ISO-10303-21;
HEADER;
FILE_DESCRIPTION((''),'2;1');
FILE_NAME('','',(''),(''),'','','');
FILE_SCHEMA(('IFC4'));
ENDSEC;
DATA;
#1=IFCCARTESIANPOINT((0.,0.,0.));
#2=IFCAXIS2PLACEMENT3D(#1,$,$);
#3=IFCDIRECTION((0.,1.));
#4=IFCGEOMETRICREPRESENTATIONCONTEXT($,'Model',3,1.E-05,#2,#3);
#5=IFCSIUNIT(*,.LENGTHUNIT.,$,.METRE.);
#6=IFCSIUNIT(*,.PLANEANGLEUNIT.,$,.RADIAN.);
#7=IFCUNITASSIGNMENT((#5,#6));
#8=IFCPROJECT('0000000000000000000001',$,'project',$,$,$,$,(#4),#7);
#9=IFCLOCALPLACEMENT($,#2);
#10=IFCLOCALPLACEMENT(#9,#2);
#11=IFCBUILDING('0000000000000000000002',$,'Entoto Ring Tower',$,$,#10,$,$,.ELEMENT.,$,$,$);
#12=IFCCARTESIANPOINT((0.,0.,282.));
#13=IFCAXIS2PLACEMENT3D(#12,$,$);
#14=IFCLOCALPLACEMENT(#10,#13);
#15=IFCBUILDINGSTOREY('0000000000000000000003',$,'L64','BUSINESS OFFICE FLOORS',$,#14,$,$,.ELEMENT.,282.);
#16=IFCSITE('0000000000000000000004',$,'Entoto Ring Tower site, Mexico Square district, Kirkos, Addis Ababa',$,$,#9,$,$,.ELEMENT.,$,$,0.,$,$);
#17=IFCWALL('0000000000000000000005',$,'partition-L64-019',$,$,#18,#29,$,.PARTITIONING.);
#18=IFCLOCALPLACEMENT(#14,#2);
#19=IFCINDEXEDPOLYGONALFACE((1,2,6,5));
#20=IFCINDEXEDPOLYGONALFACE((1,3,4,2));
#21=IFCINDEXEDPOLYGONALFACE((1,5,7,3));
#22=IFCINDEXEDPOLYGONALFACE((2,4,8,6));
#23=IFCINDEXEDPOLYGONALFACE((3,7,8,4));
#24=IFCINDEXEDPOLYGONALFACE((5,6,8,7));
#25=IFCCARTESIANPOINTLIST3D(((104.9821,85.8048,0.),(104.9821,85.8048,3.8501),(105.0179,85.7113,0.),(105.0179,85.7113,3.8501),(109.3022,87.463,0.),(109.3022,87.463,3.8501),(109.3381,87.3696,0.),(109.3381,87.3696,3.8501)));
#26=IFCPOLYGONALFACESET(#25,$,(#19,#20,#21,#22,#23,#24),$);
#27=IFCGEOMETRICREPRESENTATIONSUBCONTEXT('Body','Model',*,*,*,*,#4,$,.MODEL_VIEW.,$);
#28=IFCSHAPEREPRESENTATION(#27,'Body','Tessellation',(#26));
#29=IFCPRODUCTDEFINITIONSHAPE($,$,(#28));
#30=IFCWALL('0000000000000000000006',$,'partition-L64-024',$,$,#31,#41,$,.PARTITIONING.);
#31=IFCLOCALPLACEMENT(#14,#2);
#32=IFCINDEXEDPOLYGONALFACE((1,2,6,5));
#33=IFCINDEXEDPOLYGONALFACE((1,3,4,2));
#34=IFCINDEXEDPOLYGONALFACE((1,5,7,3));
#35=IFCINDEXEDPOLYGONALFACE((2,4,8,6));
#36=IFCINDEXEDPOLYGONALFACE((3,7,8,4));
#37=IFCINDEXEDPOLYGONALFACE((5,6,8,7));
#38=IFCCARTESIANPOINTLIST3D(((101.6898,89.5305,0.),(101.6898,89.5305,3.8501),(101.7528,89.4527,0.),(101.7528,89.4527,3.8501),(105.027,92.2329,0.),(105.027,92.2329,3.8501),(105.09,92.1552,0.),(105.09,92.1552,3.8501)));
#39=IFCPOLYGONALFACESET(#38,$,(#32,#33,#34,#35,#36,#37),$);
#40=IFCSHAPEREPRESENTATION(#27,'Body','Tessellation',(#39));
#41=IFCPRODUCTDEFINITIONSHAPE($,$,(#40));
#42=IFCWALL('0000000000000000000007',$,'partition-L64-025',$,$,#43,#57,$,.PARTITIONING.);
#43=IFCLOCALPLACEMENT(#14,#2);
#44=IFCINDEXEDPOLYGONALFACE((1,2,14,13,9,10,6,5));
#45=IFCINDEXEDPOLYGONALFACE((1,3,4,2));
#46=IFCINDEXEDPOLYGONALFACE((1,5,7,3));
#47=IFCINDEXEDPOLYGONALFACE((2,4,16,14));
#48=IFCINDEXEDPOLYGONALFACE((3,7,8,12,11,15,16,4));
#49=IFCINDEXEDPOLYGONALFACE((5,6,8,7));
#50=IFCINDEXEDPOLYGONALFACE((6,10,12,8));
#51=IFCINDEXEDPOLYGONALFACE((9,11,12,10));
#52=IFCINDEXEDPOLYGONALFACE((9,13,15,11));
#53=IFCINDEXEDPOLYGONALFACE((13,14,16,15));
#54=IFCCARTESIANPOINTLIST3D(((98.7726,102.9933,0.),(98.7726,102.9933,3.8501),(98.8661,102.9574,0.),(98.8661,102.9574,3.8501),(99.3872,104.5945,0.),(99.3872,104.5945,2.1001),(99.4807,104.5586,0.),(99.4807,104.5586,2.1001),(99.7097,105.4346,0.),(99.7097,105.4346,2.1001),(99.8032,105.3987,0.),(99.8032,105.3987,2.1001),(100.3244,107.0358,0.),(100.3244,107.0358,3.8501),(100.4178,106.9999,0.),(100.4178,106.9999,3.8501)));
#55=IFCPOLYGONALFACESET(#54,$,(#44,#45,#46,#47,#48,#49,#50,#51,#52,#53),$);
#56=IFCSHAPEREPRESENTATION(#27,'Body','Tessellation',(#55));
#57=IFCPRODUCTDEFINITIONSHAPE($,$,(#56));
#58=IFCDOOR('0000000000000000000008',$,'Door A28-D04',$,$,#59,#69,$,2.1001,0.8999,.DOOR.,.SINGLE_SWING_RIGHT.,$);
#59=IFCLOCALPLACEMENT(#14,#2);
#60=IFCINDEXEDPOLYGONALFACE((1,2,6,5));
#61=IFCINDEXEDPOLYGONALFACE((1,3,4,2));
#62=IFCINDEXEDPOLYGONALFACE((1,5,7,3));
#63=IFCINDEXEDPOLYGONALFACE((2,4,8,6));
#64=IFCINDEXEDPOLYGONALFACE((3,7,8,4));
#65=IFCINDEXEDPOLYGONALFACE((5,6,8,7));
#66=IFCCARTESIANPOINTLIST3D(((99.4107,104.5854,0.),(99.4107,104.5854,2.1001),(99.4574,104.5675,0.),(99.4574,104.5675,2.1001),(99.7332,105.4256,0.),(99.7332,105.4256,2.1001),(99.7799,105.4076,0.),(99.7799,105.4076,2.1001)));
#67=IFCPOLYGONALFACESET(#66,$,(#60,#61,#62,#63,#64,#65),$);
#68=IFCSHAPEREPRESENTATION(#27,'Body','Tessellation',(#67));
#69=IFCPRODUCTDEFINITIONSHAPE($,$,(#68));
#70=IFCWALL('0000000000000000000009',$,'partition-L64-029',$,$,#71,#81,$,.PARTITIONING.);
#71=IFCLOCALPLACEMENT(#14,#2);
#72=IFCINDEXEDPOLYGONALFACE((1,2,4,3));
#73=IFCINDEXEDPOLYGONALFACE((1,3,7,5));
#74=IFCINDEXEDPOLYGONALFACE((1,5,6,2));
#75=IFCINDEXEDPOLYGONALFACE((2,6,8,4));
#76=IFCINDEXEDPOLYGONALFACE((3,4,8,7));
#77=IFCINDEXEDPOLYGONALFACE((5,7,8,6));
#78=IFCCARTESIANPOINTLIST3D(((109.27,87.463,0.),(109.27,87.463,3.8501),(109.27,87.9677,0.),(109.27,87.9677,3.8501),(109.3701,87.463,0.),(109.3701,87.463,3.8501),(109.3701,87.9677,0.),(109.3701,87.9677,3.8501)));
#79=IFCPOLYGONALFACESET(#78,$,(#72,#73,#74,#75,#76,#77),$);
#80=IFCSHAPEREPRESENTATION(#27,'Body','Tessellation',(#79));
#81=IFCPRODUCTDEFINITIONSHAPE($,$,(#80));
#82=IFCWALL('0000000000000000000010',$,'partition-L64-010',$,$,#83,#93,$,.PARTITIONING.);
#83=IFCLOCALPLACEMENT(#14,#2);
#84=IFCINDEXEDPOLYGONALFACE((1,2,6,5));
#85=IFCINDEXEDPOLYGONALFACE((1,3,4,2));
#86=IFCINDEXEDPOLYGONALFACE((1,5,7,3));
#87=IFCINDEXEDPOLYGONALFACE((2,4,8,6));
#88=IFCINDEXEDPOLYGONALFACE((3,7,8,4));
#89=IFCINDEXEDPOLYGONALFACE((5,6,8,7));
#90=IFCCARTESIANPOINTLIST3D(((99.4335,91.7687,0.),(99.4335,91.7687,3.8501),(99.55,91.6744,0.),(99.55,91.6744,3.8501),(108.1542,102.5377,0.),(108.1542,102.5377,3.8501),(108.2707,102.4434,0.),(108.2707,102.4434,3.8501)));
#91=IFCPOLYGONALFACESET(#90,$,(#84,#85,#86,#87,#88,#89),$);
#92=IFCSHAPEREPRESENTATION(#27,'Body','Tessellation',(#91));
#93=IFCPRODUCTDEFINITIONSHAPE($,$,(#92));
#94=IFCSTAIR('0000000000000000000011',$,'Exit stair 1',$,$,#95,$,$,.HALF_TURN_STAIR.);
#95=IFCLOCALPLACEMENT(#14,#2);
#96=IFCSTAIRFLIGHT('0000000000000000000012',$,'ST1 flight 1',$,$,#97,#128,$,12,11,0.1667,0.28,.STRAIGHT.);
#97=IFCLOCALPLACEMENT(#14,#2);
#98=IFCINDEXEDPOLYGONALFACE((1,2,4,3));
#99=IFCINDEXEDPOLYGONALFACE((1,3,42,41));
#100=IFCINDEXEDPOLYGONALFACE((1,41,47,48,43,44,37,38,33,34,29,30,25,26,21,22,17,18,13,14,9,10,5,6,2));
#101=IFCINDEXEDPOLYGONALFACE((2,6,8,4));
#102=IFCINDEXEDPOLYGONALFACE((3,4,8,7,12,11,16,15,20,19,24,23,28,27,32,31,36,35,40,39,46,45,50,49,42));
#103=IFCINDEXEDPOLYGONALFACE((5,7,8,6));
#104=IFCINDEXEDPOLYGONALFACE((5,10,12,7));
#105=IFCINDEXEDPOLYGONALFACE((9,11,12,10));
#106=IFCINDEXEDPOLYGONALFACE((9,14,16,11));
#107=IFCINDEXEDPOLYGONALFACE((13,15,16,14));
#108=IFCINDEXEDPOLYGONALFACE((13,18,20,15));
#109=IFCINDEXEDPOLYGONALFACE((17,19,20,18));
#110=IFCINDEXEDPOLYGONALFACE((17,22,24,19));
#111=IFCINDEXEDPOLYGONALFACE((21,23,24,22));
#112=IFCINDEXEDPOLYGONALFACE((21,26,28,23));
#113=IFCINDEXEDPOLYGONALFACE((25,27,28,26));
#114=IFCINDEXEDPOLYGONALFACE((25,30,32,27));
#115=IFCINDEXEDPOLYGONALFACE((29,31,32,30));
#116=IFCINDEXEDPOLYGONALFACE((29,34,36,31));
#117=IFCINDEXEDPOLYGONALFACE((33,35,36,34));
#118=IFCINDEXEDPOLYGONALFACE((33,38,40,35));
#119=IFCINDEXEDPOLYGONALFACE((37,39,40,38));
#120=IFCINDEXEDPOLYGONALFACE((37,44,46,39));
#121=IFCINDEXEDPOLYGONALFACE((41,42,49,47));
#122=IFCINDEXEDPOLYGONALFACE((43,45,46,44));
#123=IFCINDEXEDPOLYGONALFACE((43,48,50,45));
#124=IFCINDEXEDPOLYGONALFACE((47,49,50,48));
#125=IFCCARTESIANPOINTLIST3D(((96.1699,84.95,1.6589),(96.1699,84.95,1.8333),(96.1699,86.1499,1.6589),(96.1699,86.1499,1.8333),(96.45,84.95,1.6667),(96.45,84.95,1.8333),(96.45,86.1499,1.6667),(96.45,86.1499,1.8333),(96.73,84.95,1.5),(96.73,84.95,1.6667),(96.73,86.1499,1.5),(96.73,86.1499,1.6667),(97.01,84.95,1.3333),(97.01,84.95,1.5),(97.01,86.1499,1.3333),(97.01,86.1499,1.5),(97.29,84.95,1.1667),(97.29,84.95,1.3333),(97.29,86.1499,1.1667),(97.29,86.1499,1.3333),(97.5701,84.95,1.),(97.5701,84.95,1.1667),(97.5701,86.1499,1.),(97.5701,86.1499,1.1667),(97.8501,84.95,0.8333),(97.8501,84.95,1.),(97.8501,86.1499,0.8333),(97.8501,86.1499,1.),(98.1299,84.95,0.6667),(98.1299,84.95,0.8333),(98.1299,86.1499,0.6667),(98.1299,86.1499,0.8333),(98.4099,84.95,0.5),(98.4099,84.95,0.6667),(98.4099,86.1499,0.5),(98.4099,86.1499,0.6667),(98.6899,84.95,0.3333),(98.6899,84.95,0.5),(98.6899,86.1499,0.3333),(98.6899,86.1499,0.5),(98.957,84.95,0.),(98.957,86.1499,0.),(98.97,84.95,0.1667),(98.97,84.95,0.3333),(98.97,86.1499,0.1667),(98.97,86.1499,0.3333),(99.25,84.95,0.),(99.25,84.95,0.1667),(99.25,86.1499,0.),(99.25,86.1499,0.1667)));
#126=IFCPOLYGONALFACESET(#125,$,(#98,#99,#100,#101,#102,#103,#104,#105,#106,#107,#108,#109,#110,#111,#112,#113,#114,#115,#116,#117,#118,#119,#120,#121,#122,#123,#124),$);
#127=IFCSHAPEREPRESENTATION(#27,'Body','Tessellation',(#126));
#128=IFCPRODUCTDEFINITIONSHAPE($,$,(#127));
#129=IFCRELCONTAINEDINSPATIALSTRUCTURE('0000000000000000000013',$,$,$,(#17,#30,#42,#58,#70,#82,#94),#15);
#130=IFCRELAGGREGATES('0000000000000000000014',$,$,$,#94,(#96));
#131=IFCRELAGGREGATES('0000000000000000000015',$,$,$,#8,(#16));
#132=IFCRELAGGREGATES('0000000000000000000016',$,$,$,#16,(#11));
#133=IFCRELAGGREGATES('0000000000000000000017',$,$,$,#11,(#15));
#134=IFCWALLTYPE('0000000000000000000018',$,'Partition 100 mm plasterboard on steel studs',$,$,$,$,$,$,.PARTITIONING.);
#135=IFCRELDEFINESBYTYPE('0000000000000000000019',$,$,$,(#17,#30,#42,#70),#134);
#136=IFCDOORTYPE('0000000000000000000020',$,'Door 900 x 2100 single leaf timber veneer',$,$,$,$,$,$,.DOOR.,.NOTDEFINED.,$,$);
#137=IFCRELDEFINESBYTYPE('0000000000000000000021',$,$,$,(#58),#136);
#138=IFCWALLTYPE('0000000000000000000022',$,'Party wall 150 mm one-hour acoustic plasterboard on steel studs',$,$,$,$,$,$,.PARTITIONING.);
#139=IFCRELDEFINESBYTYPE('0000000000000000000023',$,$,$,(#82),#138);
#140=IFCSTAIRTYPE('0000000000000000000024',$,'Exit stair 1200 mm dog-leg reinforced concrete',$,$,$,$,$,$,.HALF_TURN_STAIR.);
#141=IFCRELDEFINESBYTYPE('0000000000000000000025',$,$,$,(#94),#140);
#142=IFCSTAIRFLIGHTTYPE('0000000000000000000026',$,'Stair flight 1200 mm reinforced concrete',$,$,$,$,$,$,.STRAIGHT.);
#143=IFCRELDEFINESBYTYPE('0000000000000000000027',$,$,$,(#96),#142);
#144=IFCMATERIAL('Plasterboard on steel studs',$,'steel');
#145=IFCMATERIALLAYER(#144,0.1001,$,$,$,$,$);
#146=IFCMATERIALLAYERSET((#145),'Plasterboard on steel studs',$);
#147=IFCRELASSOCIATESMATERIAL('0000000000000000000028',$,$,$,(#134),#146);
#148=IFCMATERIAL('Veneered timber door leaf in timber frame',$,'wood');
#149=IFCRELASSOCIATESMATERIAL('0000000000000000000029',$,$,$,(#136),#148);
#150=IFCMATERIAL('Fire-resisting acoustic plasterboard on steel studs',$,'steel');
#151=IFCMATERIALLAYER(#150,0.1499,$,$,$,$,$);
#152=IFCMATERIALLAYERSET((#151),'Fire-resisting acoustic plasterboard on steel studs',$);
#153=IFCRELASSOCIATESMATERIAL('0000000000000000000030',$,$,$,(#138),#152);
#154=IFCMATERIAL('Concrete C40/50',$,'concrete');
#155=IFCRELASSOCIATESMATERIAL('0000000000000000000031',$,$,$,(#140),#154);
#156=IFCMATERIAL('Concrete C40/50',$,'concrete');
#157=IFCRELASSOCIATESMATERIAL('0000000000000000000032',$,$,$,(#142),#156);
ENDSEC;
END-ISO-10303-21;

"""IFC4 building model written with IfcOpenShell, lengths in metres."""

from ifc_helpers import new_model, si_unit, direction, frame, frame_2d, origin, place, context, subcontext, project, spatial, polyline, rectangle, outline, extrude, material, layer, layer_set, type_object, element, fill, aggregate, save


model = new_model("IFC4")

# Units and contexts
model_context = context("Model", 3, precision=1e-05, world=origin(), true_north=direction((0.0, 1.0)))
body_context = subcontext(model_context, "Body", "Model", "MODEL_VIEW")
ifc_project = project(units=[si_unit("LENGTHUNIT", "METRE"), si_unit("PLANEANGLEUNIT", "RADIAN")], contexts=[model_context])

# Site, building, storey
site_placement = place(None, origin())
site = spatial("IfcSite", under=ifc_project, at=site_placement, Name="Entoto Ring Tower site, Mexico Square district, Kirkos, Addis Ababa", CompositionType="ELEMENT", RefElevation=0.0)
building_placement = place(site_placement, origin())
building = spatial("IfcBuilding", under=site, at=building_placement, Name="Entoto Ring Tower", CompositionType="ELEMENT")
storey_placement = place(building_placement, frame((0.0, 0.0, 282.0)))
storey = spatial("IfcBuildingStorey", under=building, at=storey_placement, Name="L64", Description="BUSINESS OFFICE FLOORS", CompositionType="ELEMENT", Elevation=282.0)

# Shared definitions
ifc_material_1 = material(Name="Plasterboard on steel studs", Category="steel")
ifc_layer_1 = layer(ifc_material_1, 0.1001)
ifc_layer_set_1 = layer_set([ifc_layer_1], Name="Plasterboard on steel studs")
wall_type_1 = type_object("IfcWallType", Name="Partition 100 mm plasterboard on steel studs", PredefinedType="PARTITIONING", material=ifc_layer_set_1)
ifc_material_2 = material(Name="Veneered timber door leaf in timber frame", Category="wood")
door_type_1 = type_object("IfcDoorType", Name="Door 900 x 2100 single leaf timber veneer", OperationType="NOTDEFINED", PredefinedType="DOOR", material=ifc_material_2)

# Walls
wall_1_placement = place(storey_placement, frame((105.0, 85.7581, 0.0), z_axis=(0.0, 0.0, 1.0), x_axis=(0.933589, 0.358346, 0.0)))
element("IfcWall", 1, at=wall_1_placement, inside=storey, type_object=wall_type_1, Name="partition-L64-019", PredefinedType="PARTITIONING", context=body_context, shape_type="SweptSolid", body=[
    extrude(rectangle(XDim=4.6274, YDim=0.1001, at=frame_2d((2.3137, 0.0))), origin(), (0.0, 0.0, 1.0), 3.8501),
])
wall_2_placement = place(storey_placement, frame((101.7214, 89.4917, 0.0), z_axis=(0.0, 0.0, 1.0), x_axis=(0.777144, 0.629323, 0.0)))
element("IfcWall", 2, at=wall_2_placement, inside=storey, type_object=wall_type_1, Name="partition-L64-024", PredefinedType="PARTITIONING", context=body_context, shape_type="SweptSolid", body=[
    extrude(rectangle(XDim=4.2942, YDim=0.1001, at=frame_2d((2.147, 0.0))), origin(), (0.0, 0.0, 1.0), 3.8501),
])

# Wall, opening, door
wall_3_placement = place(storey_placement, frame((98.8193, 102.9753, 0.0), z_axis=(0.0, 0.0, 1.0), x_axis=(0.358367, 0.933581, 0.0)))
wall_3 = element("IfcWall", 3, at=wall_3_placement, inside=storey, type_object=wall_type_1, Name="partition-L64-025", PredefinedType="PARTITIONING", context=body_context, shape_type="SweptSolid", body=[
    extrude(rectangle(XDim=4.3301, YDim=0.1001, at=frame_2d((2.165, 0.0))), origin(), (0.0, 0.0, 1.0), 3.8501),
])
opening_1_placement = place(wall_3_placement, frame((1.7151, 0.0, 0.0)))
opening_1 = element("IfcOpeningElement", 4, at=opening_1_placement, cuts=wall_3, PredefinedType="OPENING", context=body_context, shape_type="SweptSolid", body=[
    extrude(rectangle(XDim=0.8999, YDim=2.1001, at=frame_2d((0.45, 1.05))), frame((0.0, 0.0601, 0.0), z_axis=(0.0, -1.0, 0.0), x_axis=(1.0, 0.0, 0.0)), (0.0, 0.0, 1.0), 0.1201),
])
door_1_placement = place(opening_1_placement, origin())
door_1 = element("IfcDoor", 5, at=door_1_placement, inside=storey, type_object=door_type_1, Name="Door A28-D04", OperationType="SINGLE_SWING_RIGHT", OverallHeight=2.1001, OverallWidth=0.8999, PredefinedType="DOOR", context=body_context, shape_type="SweptSolid", body=[
    extrude(rectangle(XDim=0.8999, YDim=2.1001, at=frame_2d((0.45, 1.05))), frame((0.0, 0.0249, 0.0), z_axis=(0.0, -1.0, 0.0), x_axis=(1.0, 0.0, 0.0)), (0.0, 0.0, 1.0), 0.05),
])
fill(opening_1, door_1)

# Walls
wall_4_placement = place(storey_placement, frame((109.3201, 87.4629, 0.0), z_axis=(0.0, 0.0, 1.0), x_axis=(0.0, 1.0, 0.0)))
element("IfcWall", 6, at=wall_4_placement, inside=storey, type_object=wall_type_1, Name="partition-L64-029", PredefinedType="PARTITIONING", context=body_context, shape_type="SweptSolid", body=[
    extrude(rectangle(XDim=0.5046, YDim=0.1001, at=frame_2d((0.2524, 0.0))), origin(), (0.0, 0.0, 1.0), 3.8501),
])
ifc_material_3 = material(Name="Fire-resisting acoustic plasterboard on steel studs", Category="steel")
ifc_layer_2 = layer(ifc_material_3, 0.1499)
ifc_layer_set_2 = layer_set([ifc_layer_2], Name="Fire-resisting acoustic plasterboard on steel studs")
wall_type_2 = type_object("IfcWallType", Name="Party wall 150 mm one-hour acoustic plasterboard on steel studs", PredefinedType="PARTITIONING", material=ifc_layer_set_2)
wall_5_placement = place(storey_placement, frame((99.4917, 91.7214, 0.0), z_axis=(0.0, 0.0, 1.0), x_axis=(0.629325, 0.777142, 0.0)))
element("IfcWall", 7, at=wall_5_placement, inside=storey, type_object=wall_type_2, Name="partition-L64-010", PredefinedType="PARTITIONING", context=body_context, shape_type="SweptSolid", body=[
    extrude(rectangle(XDim=13.8572, YDim=0.1499, at=frame_2d((6.9287, 0.0))), origin(), (0.0, 0.0, 1.0), 3.8501),
])

# Stair, stair flight
ifc_material_4 = material(Name="Concrete C40/50", Category="concrete")
stair_type = type_object("IfcStairType", Name="Exit stair 1200 mm dog-leg reinforced concrete", PredefinedType="HALF_TURN_STAIR", material=ifc_material_4)
stair_placement = place(storey_placement, origin())
stair = element("IfcStair", 8, at=stair_placement, inside=storey, type_object=stair_type, Name="Exit stair 1", PredefinedType="HALF_TURN_STAIR")
ifc_material_5 = material(Name="Concrete C40/50", Category="concrete")
stair_flight_type = type_object("IfcStairFlightType", Name="Stair flight 1200 mm reinforced concrete", PredefinedType="STRAIGHT", material=ifc_material_5)
stair_flight_placement = place(storey_placement, frame((99.25, 85.55, 0.0), z_axis=(0.0, 0.0, 1.0), x_axis=(-1.0, 0.0, 0.0)))
stair_flight = element("IfcStairFlight", 9, at=stair_flight_placement, type_object=stair_flight_type, Name="ST1 flight 1", NumberOfRisers=12, NumberOfTreads=11, PredefinedType="STRAIGHT", RiserHeight=0.1667, TreadLength=0.28, context=body_context, shape_type="SweptSolid", body=[
    extrude(outline(polyline([(0.0, 0.0), (0.0, 0.1667), (0.28, 0.1667), (0.28, 0.3333), (0.5601, 0.3333), (0.5601, 0.5), (0.8401, 0.5), (0.8401, 0.6667), (1.1201, 0.6667), (1.1201, 0.8333), (1.3999, 0.8333), (1.3999, 1.0), (1.6799, 1.0), (1.6799, 1.1667), (1.96, 1.1667), (1.96, 1.3333), (2.24, 1.3333), (2.24, 1.5), (2.52, 1.5), (2.52, 1.6667), (2.8, 1.6667), (2.8, 1.8333), (3.0801, 1.8333), (3.0801, 2.0), (3.0801, 1.6589), (0.293, 0.0), (0.0, 0.0)])), frame((0.0, 0.6001, 0.0), z_axis=(0.0, -1.0, 0.0), x_axis=(1.0, 0.0, 0.0)), (0.0, 0.0, 1.0), 1.2),
])
aggregate(stair, [stair_flight])

save(model, "model.ifc")
